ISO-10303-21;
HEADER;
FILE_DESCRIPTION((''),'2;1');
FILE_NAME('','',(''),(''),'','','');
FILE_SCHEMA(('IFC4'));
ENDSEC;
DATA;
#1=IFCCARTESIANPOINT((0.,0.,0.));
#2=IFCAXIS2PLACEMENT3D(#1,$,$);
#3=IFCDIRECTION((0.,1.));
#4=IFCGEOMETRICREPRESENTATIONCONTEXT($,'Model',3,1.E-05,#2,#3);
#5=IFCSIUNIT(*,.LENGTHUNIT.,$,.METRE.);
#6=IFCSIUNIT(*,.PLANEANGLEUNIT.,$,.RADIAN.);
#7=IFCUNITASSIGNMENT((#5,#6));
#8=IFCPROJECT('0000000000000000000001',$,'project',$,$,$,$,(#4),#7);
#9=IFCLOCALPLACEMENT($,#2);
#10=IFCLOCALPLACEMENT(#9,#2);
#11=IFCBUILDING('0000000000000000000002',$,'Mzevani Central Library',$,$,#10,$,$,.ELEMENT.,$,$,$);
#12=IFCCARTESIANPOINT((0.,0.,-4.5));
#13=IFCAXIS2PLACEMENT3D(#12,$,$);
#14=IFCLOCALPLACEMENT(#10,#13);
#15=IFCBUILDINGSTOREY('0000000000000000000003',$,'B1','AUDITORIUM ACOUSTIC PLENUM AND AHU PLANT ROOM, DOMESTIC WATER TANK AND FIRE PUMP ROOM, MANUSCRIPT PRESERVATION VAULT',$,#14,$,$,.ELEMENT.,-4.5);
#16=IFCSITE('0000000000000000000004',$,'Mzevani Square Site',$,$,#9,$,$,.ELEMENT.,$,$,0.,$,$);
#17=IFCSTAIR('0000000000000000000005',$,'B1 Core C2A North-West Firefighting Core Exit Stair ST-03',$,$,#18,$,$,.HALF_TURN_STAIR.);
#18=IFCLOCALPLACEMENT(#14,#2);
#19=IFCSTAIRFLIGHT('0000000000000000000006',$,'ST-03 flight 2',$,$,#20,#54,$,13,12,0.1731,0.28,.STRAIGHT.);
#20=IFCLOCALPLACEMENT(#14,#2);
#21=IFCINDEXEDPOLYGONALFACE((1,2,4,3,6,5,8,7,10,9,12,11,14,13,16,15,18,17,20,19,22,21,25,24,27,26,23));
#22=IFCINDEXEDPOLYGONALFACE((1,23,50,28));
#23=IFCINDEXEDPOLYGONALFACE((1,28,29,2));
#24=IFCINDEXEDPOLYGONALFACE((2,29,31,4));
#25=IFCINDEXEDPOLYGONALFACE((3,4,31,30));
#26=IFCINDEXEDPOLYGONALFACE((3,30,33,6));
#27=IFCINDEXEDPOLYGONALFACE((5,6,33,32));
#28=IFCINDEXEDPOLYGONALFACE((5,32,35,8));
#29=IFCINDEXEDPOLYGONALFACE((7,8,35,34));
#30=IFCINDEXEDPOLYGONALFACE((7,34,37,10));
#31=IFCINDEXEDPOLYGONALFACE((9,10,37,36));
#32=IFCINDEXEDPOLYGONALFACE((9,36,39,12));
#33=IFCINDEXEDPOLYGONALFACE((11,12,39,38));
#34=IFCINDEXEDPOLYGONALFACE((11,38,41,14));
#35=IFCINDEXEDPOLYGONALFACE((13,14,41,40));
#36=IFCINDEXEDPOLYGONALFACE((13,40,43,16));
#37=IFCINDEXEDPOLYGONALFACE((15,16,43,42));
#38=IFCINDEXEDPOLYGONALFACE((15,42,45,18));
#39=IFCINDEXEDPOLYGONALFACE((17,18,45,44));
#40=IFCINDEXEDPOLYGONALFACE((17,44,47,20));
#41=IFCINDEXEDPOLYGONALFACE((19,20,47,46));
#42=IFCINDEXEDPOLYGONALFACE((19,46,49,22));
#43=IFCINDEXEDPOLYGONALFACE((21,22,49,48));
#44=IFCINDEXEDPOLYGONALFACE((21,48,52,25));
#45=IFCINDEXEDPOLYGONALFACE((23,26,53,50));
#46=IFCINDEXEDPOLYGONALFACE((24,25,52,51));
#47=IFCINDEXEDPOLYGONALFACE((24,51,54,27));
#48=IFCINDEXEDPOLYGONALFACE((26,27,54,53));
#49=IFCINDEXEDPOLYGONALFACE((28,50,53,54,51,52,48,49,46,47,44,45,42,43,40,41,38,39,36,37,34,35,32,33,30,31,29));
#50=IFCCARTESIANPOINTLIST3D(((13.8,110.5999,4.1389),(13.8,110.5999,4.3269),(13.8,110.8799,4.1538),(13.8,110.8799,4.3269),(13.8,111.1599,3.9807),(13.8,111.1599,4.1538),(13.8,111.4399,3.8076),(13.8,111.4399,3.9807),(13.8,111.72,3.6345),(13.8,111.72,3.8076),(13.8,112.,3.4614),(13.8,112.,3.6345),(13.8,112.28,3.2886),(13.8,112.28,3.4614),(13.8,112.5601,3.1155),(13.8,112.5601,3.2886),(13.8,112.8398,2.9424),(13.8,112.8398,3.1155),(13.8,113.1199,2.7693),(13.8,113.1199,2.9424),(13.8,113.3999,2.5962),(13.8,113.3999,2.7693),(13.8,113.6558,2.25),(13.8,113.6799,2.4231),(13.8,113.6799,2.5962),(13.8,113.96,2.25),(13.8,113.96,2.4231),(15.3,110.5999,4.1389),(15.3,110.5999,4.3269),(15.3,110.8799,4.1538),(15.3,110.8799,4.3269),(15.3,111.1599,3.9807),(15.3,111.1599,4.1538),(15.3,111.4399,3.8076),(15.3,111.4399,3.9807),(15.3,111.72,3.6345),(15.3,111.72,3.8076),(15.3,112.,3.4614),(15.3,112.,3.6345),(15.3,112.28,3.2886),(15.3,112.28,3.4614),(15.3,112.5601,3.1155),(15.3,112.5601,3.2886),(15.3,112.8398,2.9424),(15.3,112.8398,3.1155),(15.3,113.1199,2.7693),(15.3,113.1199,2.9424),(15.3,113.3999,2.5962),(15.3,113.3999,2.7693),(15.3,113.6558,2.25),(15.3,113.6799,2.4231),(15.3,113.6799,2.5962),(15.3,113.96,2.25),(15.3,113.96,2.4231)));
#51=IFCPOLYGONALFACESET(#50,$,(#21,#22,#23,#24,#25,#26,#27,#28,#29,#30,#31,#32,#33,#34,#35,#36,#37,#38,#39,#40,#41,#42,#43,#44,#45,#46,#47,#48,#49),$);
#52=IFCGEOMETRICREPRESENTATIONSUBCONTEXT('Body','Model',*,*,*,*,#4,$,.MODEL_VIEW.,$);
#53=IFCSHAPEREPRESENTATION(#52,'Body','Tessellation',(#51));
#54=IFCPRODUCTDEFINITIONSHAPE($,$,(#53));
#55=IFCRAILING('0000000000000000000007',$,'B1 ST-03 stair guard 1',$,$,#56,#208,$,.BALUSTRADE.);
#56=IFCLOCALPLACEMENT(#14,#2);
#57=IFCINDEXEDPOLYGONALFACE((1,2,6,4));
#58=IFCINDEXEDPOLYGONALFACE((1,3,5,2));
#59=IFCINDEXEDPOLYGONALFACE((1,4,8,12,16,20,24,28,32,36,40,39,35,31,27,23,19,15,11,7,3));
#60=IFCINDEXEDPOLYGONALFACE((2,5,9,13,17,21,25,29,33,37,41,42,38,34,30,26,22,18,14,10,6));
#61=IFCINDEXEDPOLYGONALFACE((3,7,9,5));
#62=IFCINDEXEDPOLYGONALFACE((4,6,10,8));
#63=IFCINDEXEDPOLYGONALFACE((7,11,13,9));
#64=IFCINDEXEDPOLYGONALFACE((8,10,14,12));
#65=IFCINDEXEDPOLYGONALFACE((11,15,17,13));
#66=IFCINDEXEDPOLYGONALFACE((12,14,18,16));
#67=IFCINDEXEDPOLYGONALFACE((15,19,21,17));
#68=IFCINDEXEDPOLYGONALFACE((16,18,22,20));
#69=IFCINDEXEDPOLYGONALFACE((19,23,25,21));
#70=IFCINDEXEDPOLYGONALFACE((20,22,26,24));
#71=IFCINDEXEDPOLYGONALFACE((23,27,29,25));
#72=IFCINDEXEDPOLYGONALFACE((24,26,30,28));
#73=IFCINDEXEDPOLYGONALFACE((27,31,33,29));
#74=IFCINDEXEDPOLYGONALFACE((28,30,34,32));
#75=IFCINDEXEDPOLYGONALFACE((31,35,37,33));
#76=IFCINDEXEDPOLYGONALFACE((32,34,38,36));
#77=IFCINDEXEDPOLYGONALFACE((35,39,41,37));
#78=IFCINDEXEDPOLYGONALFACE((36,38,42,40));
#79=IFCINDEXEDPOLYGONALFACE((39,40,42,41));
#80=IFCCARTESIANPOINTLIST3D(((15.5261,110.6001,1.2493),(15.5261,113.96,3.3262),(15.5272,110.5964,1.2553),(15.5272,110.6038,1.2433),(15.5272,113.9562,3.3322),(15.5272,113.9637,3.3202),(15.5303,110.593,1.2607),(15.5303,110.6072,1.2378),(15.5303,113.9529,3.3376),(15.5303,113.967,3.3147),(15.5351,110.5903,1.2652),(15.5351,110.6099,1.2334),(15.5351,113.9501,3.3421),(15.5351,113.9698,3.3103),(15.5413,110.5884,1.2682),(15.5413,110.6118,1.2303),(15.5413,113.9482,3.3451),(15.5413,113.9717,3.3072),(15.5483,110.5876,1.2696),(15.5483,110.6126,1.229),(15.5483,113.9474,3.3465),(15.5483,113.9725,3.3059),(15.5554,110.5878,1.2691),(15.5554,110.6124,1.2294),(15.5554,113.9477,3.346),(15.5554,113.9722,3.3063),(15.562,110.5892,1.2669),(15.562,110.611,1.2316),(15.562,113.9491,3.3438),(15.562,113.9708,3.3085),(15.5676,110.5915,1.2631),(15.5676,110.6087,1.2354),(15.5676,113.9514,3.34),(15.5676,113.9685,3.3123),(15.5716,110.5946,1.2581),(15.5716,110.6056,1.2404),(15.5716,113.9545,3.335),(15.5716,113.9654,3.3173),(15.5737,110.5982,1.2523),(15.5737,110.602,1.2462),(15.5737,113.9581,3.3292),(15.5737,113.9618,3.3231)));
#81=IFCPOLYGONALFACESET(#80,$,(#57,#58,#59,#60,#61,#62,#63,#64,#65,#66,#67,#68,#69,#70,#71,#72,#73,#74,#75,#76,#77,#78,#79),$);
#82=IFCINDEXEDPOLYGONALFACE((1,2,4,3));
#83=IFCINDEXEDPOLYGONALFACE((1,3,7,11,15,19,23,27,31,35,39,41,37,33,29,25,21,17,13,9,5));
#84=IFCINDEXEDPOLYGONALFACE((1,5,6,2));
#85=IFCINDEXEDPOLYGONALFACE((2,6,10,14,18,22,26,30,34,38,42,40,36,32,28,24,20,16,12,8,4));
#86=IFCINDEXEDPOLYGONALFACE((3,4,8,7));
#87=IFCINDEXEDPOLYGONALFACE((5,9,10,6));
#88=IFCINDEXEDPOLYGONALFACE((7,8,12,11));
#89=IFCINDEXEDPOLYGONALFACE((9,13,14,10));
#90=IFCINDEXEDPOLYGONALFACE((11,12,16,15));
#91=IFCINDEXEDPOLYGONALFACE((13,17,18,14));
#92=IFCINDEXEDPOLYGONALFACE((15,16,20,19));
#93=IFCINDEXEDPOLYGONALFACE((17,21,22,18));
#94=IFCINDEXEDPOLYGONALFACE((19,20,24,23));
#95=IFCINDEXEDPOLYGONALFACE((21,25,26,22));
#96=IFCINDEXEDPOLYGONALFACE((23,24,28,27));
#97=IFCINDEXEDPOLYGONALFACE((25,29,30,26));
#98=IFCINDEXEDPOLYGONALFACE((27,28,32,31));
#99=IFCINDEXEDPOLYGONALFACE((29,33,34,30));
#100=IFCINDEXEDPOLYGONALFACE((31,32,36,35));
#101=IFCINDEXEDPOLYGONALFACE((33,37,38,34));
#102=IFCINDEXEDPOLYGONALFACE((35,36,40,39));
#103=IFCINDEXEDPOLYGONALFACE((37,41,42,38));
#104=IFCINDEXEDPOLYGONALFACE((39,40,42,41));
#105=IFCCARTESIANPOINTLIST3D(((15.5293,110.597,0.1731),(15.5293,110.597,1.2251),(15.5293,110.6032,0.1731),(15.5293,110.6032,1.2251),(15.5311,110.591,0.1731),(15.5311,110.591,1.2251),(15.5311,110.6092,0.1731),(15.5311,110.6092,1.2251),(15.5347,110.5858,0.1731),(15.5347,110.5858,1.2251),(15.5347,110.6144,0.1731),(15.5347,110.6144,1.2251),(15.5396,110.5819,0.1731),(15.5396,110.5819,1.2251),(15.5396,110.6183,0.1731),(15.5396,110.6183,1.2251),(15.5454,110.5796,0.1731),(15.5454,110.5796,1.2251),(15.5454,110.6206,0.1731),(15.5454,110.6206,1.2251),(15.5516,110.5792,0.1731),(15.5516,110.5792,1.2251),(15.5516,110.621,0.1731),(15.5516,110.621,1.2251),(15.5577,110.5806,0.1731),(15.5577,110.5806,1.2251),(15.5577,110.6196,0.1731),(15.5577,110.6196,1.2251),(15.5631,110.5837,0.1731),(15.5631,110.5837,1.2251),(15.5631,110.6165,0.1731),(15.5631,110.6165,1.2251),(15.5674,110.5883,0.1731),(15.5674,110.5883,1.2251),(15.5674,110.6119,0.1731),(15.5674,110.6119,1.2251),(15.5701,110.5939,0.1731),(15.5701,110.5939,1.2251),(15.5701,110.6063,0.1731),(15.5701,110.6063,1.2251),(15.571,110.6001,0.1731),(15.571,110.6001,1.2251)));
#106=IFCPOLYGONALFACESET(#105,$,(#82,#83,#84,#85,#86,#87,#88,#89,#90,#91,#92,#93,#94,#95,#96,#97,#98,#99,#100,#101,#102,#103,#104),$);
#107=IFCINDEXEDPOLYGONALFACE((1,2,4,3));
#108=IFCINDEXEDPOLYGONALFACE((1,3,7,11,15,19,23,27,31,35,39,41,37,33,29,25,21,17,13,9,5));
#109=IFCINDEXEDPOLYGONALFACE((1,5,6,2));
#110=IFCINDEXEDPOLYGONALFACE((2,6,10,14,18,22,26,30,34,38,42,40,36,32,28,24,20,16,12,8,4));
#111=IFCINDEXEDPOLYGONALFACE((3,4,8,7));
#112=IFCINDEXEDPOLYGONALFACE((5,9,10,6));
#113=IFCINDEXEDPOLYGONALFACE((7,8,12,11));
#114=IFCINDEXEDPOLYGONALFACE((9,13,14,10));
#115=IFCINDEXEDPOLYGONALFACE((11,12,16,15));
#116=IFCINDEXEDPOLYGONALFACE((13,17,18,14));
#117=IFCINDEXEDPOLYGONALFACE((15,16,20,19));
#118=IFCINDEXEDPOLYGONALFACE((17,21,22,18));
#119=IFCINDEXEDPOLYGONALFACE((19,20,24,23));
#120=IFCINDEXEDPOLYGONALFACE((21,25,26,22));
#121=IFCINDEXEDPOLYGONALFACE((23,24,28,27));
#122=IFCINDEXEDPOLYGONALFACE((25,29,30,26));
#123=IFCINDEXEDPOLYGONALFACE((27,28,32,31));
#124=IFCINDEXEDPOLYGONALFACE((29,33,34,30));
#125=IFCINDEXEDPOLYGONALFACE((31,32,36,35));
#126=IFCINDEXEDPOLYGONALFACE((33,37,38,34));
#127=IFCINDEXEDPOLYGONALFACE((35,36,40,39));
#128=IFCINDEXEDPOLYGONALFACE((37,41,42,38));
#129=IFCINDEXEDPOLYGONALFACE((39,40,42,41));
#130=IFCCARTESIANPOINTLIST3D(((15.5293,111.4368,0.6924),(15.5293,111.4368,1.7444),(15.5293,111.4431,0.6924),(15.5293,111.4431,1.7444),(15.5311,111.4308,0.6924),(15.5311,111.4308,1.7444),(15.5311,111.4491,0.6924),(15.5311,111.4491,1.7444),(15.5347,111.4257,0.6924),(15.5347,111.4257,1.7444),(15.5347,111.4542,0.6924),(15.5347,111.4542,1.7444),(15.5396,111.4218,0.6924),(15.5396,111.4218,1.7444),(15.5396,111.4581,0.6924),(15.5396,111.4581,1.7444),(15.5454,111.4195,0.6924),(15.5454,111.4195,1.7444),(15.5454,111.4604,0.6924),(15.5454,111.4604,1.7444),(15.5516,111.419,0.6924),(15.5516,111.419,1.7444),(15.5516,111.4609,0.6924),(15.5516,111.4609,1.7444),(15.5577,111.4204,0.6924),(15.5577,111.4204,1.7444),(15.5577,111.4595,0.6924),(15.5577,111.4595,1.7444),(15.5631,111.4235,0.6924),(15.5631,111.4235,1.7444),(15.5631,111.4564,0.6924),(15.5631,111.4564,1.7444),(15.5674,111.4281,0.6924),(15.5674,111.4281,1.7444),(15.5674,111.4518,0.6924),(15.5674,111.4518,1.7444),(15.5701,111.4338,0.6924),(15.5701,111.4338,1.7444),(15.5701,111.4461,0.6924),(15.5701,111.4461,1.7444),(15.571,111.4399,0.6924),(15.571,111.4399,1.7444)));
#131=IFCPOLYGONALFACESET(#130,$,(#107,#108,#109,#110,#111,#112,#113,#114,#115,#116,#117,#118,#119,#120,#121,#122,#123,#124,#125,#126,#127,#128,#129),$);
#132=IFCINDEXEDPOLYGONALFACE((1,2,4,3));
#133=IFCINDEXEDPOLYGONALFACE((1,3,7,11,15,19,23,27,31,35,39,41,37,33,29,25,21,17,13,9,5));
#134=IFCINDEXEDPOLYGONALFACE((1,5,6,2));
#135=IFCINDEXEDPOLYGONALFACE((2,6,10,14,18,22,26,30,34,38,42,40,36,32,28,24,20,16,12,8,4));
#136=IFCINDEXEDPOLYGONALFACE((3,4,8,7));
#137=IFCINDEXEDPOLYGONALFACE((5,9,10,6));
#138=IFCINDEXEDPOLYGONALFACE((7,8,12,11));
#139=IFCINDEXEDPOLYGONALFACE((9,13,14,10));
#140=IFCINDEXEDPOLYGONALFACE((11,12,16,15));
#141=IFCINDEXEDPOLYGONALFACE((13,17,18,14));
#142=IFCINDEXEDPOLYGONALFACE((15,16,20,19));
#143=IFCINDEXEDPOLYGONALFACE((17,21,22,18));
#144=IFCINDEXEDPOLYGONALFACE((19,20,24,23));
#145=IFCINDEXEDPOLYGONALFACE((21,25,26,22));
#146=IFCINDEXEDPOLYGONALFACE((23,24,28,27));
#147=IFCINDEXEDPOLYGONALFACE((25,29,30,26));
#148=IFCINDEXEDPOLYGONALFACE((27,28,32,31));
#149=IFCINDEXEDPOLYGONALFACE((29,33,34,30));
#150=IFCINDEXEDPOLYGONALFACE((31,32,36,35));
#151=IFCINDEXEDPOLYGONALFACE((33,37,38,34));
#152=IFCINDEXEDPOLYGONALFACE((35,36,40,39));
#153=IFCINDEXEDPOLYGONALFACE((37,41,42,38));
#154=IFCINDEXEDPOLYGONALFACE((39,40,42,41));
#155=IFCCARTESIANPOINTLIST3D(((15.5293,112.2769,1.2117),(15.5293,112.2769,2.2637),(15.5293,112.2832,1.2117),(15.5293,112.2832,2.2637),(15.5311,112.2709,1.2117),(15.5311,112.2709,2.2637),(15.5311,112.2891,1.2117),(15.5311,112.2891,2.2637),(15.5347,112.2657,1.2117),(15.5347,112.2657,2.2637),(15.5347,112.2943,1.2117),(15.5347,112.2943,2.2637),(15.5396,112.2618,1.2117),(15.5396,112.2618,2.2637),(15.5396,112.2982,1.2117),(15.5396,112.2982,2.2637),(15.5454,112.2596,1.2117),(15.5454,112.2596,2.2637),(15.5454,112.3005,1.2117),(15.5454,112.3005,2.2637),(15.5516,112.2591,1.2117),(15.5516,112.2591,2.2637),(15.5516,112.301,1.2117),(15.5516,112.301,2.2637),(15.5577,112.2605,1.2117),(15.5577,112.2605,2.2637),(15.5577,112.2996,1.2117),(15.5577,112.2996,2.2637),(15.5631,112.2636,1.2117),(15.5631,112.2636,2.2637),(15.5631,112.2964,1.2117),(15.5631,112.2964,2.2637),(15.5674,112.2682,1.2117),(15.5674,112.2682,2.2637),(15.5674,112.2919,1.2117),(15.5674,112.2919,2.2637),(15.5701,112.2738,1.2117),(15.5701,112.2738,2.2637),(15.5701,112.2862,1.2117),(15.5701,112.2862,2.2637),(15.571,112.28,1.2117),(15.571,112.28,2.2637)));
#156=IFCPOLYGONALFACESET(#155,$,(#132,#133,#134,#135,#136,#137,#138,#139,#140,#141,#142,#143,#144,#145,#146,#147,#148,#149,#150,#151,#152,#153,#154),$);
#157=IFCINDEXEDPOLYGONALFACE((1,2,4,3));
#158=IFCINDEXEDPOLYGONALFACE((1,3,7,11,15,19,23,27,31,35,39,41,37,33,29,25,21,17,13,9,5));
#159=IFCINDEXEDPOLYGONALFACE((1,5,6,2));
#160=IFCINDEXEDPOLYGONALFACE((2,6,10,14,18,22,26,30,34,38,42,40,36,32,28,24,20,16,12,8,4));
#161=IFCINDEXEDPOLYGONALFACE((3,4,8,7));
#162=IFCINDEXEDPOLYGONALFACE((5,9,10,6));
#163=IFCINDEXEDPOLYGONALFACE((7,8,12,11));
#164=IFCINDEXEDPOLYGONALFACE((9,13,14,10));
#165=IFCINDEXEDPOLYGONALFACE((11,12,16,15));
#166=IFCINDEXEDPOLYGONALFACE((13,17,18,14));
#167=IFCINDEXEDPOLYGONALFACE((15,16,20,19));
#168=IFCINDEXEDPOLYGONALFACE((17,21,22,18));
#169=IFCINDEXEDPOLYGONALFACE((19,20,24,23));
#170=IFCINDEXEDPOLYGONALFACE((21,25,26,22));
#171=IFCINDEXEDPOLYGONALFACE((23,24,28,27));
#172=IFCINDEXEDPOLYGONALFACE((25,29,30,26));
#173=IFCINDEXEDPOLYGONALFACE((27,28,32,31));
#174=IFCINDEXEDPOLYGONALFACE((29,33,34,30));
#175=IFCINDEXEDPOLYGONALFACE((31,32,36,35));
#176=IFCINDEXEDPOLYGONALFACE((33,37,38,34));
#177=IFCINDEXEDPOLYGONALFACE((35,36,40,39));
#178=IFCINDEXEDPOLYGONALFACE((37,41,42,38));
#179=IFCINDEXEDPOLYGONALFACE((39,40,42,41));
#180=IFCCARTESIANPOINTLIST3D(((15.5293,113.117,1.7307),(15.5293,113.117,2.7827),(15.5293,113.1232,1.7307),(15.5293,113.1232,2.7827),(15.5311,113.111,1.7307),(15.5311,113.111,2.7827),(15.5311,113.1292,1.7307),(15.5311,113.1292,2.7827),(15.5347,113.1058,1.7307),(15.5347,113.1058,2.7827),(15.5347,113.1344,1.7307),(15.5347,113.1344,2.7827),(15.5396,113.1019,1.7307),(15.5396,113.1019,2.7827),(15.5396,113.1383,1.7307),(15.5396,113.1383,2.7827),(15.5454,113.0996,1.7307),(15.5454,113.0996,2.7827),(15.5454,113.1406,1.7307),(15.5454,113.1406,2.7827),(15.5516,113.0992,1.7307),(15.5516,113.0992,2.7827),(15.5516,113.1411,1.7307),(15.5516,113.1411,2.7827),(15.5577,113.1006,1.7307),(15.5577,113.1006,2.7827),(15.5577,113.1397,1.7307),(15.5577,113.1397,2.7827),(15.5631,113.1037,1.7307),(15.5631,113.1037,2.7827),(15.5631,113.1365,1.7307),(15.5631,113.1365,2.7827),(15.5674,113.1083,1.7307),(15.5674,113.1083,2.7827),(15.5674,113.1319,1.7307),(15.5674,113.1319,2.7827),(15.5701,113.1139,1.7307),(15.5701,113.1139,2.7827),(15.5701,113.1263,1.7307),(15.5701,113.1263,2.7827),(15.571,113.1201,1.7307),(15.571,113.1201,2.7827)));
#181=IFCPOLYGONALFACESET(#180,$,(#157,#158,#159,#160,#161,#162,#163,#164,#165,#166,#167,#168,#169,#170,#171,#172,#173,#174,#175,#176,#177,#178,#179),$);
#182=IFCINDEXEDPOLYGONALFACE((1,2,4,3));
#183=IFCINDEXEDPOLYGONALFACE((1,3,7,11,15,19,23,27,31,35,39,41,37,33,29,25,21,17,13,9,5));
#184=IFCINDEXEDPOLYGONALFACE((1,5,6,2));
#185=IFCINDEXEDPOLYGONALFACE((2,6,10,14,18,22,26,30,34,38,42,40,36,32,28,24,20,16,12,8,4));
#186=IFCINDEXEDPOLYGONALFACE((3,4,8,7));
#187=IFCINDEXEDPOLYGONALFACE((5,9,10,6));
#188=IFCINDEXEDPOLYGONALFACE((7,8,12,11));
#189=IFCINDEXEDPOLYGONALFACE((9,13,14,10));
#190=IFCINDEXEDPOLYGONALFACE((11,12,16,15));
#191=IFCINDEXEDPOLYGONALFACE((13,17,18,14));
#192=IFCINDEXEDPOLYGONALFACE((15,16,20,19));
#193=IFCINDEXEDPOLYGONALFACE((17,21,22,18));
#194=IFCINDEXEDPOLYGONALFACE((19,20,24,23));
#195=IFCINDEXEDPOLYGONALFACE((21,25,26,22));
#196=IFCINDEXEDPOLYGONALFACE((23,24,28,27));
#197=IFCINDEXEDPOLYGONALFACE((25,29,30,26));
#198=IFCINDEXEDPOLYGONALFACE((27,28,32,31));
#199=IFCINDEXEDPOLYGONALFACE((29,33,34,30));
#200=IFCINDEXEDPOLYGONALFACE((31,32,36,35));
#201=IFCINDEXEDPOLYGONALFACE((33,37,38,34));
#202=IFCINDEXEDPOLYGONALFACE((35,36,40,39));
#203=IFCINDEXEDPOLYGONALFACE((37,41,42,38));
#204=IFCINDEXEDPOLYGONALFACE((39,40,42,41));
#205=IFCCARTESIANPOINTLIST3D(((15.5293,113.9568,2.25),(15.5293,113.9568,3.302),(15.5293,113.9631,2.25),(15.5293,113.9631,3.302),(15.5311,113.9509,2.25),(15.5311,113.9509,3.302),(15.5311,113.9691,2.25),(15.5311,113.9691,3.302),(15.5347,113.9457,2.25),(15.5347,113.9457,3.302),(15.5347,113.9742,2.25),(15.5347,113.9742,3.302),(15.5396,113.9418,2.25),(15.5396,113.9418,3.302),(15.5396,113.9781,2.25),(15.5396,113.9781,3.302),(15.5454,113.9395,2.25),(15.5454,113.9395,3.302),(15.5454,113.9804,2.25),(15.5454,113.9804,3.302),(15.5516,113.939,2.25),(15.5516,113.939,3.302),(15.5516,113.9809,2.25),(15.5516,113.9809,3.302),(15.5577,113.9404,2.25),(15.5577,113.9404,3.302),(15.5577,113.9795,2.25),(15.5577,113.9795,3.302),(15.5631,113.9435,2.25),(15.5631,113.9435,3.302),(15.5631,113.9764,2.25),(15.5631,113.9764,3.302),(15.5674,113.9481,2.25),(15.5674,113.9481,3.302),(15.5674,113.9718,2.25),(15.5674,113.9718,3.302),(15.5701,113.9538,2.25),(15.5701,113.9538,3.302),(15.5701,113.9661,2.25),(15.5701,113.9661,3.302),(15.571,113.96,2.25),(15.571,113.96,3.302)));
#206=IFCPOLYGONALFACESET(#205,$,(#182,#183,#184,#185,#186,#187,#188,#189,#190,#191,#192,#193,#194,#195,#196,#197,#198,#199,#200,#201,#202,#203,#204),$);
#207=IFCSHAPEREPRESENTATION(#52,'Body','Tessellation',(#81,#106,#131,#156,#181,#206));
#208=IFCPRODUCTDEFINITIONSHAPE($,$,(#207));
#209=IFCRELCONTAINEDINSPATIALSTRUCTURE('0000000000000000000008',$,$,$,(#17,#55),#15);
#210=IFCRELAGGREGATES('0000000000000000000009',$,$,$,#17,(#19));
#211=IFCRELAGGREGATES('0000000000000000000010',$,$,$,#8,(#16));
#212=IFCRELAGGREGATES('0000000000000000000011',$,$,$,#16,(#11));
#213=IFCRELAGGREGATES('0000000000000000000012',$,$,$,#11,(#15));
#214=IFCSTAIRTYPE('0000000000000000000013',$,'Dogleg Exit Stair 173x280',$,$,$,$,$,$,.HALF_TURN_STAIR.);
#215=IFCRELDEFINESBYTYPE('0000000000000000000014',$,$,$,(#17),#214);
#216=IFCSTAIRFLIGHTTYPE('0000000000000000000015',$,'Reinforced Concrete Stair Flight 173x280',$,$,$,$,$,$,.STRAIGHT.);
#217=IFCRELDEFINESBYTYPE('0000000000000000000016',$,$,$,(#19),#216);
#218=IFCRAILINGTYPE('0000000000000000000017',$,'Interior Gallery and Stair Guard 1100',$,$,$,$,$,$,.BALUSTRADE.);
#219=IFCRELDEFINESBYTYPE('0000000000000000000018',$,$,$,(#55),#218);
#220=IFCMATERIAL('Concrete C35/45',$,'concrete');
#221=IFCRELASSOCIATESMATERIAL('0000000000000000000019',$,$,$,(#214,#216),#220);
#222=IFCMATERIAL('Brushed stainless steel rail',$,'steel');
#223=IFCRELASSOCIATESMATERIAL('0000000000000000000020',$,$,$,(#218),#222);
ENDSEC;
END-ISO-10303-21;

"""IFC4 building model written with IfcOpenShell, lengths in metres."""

from ifc_helpers import new_model, si_unit, direction, frame, origin, origin_2d, place, context, subcontext, project, spatial, polyline, circle, outline, extrude, material, type_object, element, aggregate, save


model = new_model("IFC4")

# Units and contexts
model_context = context("Model", 3, precision=1e-05, world=origin(), true_north=direction((0.0, 1.0)))
body_context = subcontext(model_context, "Body", "Model", "MODEL_VIEW")
ifc_project = project(units=[si_unit("LENGTHUNIT", "METRE"), si_unit("PLANEANGLEUNIT", "RADIAN")], contexts=[model_context])

# Site, building, storey
site_placement = place(None, origin())
site = spatial("IfcSite", under=ifc_project, at=site_placement, Name="Mzevani Square Site", CompositionType="ELEMENT", RefElevation=0.0)
building_placement = place(site_placement, origin())
building = spatial("IfcBuilding", under=site, at=building_placement, Name="Mzevani Central Library", CompositionType="ELEMENT")
storey_placement = place(building_placement, frame((0.0, 0.0, -4.5)))
storey = spatial("IfcBuildingStorey", under=building, at=storey_placement, Name="B1", Description="AUDITORIUM ACOUSTIC PLENUM AND AHU PLANT ROOM, DOMESTIC WATER TANK AND FIRE PUMP ROOM, MANUSCRIPT PRESERVATION VAULT", CompositionType="ELEMENT", Elevation=-4.5)

# Shared definitions
ifc_material_1 = material(Name="Concrete C35/45", Category="concrete")

# Stair, stair flight
stair_type = type_object("IfcStairType", Name="Dogleg Exit Stair 173x280", PredefinedType="HALF_TURN_STAIR", material=ifc_material_1)
stair_placement = place(storey_placement, origin())
stair = element("IfcStair", 1, at=stair_placement, inside=storey, type_object=stair_type, Name="B1 Core C2A North-West Firefighting Core Exit Stair ST-03", PredefinedType="HALF_TURN_STAIR")
stair_flight_type = type_object("IfcStairFlightType", Name="Reinforced Concrete Stair Flight 173x280", PredefinedType="STRAIGHT", material=ifc_material_1)
stair_flight_1_placement = place(storey_placement, frame((14.55, 113.96, 2.25), z_axis=(0.0, 0.0, 1.0), x_axis=(0.0, -1.0, 0.0)))
stair_flight_1 = element("IfcStairFlight", 2, at=stair_flight_1_placement, type_object=stair_flight_type, Name="ST-03 flight 2", NumberOfRisers=13, NumberOfTreads=12, PredefinedType="STRAIGHT", RiserHeight=0.1731, TreadLength=0.28, context=body_context, shape_type="SweptSolid", body=[
    extrude(outline(polyline([(0.0, 0.0), (0.0, 0.1731), (0.28, 0.1731), (0.28, 0.3462), (0.5601, 0.3462), (0.5601, 0.5193), (0.8401, 0.5193), (0.8401, 0.6924), (1.1201, 0.6924), (1.1201, 0.8655), (1.3999, 0.8655), (1.3999, 1.0386), (1.6799, 1.0386), (1.6799, 1.2114), (1.96, 1.2114), (1.96, 1.3845), (2.24, 1.3845), (2.24, 1.5576), (2.52, 1.5576), (2.52, 1.7307), (2.8, 1.7307), (2.8, 1.9038), (3.0801, 1.9038), (3.0801, 2.0769), (3.3601, 2.0769), (3.3601, 2.25), (3.3601, 1.8889), (0.3042, 0.0), (0.0, 0.0)])), frame((0.0, 0.75, 0.0), z_axis=(0.0, -1.0, 0.0), x_axis=(1.0, 0.0, 0.0)), (0.0, 0.0, 1.0), 1.5),
])
aggregate(stair, [stair_flight_1])

# Railing
ifc_material_2 = material(Name="Brushed stainless steel rail", Category="steel")
railing_type_1 = type_object("IfcRailingType", Name="Interior Gallery and Stair Guard 1100", PredefinedType="BALUSTRADE", material=ifc_material_2)
railing_1_placement = place(storey_placement, frame((15.55, 110.6001, 0.1731)))
element("IfcRailing", 3, at=railing_1_placement, inside=storey, type_object=railing_type_1, Name="B1 ST-03 stair guard 1", PredefinedType="BALUSTRADE", context=body_context, shape_type="SweptSolid", body=[
    extrude(circle(Radius=0.0239, at=origin_2d()), frame((0.0, 0.0, 1.0762), z_axis=(0.0, 0.850606, 0.525803), x_axis=(-1.0, 0.0, 0.0)), (0.0, 0.0, 1.0), 3.95),
    extrude(circle(Radius=0.021, at=origin_2d()), origin(), (0.0, 0.0, 1.0), 1.052),
    extrude(circle(Radius=0.021, at=origin_2d()), frame((0.0, 0.8398, 0.5193)), (0.0, 0.0, 1.0), 1.052),
    extrude(circle(Radius=0.021, at=origin_2d()), frame((0.0, 1.6799, 1.0386)), (0.0, 0.0, 1.0), 1.052),
    extrude(circle(Radius=0.021, at=origin_2d()), frame((0.0, 2.52, 1.5576)), (0.0, 0.0, 1.0), 1.052),
    extrude(circle(Radius=0.021, at=origin_2d()), frame((0.0, 3.3599, 2.0769)), (0.0, 0.0, 1.0), 1.052),
])

save(model, "model.ifc")
